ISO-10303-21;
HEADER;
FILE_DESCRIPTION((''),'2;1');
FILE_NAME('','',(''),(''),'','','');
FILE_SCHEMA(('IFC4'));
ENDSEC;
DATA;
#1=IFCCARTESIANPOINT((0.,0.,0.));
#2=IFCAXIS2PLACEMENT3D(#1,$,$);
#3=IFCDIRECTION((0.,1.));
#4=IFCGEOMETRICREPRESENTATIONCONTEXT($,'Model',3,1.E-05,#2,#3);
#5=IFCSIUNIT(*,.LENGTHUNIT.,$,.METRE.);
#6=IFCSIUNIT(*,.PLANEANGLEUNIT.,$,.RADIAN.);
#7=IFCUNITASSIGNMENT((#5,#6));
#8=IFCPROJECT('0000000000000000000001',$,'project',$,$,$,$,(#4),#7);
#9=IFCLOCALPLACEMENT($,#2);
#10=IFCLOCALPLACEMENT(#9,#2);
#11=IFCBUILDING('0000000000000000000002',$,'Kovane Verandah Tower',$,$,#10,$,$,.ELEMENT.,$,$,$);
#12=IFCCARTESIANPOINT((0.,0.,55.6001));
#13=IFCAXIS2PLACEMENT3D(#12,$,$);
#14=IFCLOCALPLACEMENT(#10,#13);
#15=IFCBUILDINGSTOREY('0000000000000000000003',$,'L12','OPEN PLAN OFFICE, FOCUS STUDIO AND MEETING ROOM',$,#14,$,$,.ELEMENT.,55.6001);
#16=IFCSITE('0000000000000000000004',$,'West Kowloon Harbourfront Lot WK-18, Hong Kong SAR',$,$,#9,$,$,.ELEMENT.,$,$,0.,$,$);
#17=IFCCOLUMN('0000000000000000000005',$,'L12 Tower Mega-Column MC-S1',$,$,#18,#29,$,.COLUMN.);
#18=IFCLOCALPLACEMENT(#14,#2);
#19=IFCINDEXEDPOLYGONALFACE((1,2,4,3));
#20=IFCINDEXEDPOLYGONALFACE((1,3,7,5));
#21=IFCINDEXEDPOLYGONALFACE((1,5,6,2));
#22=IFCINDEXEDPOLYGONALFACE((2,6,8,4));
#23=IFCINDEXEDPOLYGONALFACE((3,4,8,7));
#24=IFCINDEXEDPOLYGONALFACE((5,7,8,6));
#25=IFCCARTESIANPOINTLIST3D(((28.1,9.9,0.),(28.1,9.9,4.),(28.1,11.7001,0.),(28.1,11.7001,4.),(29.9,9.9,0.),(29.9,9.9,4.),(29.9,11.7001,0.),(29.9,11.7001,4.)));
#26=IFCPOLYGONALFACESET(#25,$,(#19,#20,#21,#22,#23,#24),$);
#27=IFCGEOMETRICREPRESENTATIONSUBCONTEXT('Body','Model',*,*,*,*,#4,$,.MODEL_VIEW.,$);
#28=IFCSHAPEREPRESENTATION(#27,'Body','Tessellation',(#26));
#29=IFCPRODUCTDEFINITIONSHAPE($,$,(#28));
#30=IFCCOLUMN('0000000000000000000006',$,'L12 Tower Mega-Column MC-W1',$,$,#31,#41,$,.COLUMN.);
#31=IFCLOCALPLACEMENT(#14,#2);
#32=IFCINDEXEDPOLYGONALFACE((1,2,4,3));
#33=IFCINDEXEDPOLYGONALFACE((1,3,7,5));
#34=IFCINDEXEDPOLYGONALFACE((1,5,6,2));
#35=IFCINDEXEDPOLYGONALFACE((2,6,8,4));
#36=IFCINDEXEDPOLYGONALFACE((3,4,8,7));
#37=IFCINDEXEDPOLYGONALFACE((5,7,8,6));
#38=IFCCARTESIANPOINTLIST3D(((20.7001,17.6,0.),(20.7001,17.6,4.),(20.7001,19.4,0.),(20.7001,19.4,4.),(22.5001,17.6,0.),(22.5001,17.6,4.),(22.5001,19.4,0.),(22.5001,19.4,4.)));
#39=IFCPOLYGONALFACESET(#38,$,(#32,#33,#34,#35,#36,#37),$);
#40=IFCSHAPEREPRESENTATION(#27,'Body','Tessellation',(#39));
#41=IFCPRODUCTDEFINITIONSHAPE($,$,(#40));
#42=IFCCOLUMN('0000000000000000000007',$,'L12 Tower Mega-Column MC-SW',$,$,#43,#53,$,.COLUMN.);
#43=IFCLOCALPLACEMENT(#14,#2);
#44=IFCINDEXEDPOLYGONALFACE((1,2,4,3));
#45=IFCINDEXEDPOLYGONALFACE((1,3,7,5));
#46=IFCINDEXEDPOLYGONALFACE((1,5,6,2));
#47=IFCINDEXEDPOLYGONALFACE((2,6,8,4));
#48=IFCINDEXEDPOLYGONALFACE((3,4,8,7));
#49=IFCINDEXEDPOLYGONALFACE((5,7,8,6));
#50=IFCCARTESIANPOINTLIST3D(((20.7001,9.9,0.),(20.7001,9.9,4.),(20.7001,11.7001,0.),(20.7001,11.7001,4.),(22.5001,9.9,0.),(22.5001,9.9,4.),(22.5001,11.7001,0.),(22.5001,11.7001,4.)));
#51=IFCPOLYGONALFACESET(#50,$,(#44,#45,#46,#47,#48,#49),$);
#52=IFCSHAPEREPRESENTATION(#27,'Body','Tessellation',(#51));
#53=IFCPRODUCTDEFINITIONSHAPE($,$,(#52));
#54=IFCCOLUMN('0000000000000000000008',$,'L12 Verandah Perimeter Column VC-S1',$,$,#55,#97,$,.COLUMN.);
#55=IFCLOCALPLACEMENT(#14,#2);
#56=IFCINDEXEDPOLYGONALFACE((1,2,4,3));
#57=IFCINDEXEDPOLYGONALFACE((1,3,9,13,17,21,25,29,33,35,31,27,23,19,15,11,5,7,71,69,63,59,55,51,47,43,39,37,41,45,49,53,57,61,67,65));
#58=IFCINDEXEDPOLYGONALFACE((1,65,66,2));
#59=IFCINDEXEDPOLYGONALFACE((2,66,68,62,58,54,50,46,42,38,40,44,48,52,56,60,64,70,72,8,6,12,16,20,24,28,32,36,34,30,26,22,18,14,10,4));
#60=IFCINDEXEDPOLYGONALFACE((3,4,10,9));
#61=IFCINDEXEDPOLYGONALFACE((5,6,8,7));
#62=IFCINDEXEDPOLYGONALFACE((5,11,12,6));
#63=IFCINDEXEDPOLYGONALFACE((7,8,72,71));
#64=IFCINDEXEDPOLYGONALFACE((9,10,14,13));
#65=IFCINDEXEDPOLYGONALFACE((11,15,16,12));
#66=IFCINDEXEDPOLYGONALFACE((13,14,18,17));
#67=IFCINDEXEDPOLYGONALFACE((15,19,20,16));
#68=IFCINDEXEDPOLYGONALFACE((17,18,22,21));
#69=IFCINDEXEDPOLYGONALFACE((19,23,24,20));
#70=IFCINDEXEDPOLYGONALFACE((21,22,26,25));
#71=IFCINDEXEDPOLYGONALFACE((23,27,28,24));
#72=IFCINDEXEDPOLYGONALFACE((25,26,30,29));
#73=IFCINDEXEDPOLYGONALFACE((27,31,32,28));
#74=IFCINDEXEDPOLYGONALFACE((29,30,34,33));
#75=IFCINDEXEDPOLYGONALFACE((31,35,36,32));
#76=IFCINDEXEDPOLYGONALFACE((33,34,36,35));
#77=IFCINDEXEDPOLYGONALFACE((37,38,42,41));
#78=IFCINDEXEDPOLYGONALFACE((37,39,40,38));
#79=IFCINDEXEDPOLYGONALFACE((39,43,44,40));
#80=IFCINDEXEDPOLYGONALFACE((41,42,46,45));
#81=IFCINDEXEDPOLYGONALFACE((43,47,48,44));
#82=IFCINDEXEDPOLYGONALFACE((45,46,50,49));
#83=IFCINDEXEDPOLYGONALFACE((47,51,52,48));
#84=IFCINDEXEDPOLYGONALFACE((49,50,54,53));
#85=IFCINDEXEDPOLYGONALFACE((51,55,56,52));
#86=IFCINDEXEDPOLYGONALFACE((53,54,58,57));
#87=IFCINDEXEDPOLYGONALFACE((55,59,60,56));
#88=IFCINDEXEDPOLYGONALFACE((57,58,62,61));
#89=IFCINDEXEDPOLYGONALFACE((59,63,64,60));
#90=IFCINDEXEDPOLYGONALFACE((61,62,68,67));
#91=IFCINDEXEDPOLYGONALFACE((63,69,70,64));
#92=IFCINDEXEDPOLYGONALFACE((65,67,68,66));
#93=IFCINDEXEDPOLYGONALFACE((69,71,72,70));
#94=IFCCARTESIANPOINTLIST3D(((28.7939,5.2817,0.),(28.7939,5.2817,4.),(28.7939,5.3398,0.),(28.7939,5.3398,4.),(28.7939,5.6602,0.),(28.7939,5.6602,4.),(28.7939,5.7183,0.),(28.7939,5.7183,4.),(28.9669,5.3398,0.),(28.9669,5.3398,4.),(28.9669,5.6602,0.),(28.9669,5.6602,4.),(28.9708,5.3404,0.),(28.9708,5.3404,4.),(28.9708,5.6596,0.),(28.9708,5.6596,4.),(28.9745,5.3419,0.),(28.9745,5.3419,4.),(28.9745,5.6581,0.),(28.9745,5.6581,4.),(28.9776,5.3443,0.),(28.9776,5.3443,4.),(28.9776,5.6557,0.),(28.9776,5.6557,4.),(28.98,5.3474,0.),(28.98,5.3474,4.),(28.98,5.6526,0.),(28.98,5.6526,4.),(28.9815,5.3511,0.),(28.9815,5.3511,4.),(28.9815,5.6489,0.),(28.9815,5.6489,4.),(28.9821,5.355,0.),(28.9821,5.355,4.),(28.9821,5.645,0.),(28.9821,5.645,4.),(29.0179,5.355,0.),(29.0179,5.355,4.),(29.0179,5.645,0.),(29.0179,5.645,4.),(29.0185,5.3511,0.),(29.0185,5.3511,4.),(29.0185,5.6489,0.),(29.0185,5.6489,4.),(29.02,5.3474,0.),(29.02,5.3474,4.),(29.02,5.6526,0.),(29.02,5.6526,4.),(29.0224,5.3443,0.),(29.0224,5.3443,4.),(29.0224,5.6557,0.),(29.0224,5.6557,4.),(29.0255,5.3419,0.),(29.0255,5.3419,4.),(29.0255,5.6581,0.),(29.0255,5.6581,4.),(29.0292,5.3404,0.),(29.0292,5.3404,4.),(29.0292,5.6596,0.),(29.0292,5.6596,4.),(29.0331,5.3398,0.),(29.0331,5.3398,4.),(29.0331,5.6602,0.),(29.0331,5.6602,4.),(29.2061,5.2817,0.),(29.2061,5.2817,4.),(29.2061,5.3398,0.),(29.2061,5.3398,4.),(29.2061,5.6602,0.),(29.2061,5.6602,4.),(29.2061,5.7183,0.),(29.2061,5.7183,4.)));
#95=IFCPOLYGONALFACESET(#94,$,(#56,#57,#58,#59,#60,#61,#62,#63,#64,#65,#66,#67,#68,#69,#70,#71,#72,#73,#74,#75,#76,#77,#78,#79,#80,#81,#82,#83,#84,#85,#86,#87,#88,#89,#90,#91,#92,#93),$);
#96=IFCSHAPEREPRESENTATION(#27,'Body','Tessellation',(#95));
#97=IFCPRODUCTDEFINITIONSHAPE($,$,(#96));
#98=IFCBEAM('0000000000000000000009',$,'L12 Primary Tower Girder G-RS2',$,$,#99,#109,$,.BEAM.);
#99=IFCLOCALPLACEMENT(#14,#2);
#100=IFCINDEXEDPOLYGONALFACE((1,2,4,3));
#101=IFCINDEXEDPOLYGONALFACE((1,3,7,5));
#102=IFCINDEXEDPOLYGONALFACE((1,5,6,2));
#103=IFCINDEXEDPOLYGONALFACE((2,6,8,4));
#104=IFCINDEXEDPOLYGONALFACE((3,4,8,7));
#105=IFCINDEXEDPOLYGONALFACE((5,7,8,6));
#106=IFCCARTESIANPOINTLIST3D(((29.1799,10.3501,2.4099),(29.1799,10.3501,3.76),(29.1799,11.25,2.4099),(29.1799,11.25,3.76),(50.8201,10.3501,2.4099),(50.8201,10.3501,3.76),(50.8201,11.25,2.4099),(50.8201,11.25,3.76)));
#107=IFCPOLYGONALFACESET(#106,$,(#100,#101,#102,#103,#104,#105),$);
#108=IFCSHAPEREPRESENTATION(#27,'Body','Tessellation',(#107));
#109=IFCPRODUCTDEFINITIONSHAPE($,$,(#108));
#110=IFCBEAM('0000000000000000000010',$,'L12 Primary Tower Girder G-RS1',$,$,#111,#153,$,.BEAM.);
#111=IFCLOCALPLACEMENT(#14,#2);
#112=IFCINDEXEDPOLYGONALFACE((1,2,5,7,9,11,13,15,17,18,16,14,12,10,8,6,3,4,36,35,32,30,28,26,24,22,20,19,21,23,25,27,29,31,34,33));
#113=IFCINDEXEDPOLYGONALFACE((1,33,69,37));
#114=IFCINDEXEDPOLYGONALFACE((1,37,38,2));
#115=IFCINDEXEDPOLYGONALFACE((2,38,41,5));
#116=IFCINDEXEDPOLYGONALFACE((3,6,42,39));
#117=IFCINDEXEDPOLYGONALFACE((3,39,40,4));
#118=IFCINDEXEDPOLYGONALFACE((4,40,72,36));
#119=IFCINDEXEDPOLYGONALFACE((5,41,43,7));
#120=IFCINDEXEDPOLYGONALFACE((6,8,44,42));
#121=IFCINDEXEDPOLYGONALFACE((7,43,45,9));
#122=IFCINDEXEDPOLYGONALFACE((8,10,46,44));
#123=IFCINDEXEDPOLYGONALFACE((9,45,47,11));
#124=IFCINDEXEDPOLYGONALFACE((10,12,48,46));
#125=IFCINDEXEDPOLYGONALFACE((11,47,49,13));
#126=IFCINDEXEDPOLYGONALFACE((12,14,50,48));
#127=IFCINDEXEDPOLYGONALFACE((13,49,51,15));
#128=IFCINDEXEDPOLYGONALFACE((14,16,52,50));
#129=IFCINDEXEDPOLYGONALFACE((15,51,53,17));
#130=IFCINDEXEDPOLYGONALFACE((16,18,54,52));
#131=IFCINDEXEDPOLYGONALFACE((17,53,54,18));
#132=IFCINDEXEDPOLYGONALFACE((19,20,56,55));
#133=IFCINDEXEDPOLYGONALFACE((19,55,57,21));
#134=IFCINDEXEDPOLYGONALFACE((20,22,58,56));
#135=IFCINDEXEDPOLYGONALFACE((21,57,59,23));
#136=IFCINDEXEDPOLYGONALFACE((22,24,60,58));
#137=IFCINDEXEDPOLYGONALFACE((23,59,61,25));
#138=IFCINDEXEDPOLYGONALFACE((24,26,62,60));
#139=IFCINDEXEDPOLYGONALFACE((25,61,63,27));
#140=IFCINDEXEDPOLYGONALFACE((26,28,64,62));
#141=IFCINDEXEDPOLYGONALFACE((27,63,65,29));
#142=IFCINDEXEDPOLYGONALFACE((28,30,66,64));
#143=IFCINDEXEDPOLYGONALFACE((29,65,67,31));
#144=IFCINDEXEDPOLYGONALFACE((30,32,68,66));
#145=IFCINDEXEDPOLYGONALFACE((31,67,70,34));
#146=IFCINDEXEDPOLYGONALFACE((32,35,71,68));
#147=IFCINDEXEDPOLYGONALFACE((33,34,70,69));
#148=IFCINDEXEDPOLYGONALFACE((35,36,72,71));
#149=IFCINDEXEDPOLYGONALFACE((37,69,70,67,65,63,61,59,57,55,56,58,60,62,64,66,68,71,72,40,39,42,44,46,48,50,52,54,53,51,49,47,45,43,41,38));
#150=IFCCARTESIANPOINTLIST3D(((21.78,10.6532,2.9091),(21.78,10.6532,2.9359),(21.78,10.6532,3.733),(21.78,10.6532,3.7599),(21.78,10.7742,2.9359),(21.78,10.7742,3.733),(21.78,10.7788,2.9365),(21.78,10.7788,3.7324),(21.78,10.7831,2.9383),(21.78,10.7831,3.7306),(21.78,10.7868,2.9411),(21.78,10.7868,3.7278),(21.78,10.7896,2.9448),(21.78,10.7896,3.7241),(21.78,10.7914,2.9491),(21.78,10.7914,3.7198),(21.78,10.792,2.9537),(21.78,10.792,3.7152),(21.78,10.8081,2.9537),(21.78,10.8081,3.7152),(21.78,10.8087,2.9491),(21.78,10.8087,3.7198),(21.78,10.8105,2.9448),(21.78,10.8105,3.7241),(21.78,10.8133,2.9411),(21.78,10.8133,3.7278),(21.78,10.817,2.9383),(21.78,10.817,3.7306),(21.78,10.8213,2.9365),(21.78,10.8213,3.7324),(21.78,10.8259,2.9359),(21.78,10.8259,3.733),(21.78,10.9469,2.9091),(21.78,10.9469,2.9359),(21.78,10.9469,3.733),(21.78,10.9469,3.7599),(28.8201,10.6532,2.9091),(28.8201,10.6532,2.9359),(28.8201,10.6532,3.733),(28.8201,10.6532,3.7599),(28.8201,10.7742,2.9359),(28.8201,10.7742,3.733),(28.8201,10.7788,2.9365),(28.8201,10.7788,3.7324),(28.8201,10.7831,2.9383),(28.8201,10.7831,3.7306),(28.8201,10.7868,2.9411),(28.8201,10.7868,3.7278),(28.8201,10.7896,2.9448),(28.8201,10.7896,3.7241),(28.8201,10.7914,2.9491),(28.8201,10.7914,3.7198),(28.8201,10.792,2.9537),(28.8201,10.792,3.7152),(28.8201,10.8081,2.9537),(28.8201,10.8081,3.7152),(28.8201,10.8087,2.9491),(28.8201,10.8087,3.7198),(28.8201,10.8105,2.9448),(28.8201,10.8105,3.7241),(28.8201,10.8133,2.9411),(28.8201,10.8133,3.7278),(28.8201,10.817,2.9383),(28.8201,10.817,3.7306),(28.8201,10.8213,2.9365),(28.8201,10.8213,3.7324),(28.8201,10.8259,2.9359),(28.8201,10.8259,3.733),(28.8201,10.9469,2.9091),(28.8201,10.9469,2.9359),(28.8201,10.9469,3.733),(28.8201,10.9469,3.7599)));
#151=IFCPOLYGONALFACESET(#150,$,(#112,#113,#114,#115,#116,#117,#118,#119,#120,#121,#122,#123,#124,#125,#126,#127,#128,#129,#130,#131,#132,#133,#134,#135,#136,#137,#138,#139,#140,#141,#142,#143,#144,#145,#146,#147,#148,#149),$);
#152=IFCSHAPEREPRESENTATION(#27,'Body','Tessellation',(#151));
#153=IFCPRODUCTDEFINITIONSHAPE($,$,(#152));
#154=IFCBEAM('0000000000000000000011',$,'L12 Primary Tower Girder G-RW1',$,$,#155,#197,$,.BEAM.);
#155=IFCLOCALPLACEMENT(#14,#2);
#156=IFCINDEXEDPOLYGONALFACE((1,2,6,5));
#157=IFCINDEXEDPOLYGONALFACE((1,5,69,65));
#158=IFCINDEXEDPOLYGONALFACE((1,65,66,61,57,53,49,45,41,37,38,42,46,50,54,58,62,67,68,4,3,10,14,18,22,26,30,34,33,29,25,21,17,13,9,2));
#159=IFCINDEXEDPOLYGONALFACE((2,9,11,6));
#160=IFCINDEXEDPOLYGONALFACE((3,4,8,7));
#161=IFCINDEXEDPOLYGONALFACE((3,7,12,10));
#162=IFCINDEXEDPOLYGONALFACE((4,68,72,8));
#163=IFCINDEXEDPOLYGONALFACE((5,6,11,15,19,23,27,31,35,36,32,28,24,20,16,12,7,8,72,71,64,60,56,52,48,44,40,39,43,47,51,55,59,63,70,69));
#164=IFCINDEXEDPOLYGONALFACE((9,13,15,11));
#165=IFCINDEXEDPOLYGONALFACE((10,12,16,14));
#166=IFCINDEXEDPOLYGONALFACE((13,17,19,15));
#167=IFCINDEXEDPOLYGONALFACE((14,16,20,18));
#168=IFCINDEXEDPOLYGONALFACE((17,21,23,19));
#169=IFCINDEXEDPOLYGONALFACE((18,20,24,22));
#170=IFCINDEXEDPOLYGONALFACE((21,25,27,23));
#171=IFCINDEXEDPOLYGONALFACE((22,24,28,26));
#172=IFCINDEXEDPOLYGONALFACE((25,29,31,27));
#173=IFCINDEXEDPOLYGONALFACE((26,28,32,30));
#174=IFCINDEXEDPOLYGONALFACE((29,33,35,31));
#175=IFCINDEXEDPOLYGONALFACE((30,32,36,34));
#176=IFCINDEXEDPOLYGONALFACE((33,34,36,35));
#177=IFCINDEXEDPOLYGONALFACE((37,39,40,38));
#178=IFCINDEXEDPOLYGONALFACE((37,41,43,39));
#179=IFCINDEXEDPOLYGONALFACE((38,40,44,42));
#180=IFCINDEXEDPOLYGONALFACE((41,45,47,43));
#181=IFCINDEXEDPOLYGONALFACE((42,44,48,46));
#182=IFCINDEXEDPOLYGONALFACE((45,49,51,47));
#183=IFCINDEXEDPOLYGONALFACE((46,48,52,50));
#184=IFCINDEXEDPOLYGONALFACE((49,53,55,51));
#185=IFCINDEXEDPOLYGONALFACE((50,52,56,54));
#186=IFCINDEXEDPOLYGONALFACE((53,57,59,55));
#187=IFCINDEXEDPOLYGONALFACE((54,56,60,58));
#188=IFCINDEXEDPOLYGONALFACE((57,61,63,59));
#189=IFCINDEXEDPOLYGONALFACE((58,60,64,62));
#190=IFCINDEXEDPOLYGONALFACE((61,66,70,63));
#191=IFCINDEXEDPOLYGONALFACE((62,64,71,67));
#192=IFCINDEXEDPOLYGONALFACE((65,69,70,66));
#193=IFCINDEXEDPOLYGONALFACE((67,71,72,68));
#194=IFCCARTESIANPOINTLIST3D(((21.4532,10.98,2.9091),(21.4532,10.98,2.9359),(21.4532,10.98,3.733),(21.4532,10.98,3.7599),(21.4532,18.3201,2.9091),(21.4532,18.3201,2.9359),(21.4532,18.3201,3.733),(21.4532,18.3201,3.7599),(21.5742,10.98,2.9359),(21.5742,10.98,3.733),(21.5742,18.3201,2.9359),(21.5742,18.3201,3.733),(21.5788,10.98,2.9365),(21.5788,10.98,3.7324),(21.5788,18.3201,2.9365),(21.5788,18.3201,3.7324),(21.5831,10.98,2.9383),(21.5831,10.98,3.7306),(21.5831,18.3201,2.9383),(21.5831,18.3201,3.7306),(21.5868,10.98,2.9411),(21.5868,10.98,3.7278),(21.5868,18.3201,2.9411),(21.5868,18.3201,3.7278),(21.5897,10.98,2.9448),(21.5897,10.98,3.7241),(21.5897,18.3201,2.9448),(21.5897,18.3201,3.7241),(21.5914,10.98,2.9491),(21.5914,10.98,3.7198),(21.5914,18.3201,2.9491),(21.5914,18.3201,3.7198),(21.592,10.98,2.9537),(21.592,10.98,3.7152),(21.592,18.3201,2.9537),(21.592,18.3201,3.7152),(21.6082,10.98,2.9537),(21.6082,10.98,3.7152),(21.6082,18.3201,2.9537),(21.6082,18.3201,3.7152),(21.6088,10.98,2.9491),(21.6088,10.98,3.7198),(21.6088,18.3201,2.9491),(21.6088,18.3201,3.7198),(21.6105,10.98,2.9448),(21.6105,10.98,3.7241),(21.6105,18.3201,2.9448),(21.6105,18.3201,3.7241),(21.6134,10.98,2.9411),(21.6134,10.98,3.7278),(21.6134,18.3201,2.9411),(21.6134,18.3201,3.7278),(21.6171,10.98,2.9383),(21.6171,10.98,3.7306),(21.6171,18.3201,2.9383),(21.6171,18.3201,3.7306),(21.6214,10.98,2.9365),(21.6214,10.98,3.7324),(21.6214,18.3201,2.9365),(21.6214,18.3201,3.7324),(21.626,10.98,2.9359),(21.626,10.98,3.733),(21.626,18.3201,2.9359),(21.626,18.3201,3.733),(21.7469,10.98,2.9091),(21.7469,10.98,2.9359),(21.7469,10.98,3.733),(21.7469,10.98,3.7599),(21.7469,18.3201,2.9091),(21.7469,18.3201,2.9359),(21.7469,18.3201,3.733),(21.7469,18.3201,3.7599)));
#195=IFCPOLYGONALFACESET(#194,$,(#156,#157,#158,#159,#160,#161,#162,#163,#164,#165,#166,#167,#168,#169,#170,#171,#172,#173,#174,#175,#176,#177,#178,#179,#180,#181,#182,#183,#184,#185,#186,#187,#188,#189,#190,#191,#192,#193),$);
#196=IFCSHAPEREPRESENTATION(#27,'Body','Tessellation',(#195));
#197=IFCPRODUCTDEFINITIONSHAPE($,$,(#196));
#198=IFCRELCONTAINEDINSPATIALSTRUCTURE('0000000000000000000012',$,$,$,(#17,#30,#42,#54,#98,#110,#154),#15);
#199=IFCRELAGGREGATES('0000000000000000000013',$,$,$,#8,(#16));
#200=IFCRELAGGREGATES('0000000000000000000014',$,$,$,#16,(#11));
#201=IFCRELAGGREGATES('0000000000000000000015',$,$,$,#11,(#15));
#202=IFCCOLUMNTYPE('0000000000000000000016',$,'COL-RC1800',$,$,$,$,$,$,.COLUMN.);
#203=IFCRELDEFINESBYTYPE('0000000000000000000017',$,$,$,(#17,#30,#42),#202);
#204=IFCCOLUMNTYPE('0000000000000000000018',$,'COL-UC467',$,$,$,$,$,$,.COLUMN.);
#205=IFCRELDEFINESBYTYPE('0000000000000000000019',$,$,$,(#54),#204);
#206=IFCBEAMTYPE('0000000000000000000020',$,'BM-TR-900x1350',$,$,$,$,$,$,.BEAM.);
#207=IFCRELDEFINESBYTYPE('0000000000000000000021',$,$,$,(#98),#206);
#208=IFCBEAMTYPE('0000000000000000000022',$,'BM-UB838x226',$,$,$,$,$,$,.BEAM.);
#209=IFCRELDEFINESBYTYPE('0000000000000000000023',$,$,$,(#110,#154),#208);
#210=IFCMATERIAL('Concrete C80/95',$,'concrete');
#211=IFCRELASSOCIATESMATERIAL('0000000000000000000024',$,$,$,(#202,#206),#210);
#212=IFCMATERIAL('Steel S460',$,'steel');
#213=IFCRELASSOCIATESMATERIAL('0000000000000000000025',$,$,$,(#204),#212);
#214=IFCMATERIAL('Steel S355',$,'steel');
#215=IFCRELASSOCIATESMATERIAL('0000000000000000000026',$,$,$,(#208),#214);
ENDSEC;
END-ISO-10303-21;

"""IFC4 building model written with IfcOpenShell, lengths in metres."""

from ifc_helpers import new_model, si_unit, direction, frame, origin, origin_2d, place, context, subcontext, project, spatial, rectangle, i_section, extrude, material, material_profile, profile_set, type_object, element, save


model = new_model("IFC4")

# Units and contexts
model_context = context("Model", 3, precision=1e-05, world=origin(), true_north=direction((0.0, 1.0)))
body_context = subcontext(model_context, "Body", "Model", "MODEL_VIEW")
ifc_project = project(units=[si_unit("LENGTHUNIT", "METRE"), si_unit("PLANEANGLEUNIT", "RADIAN")], contexts=[model_context])

# Site, building, storey
site_placement = place(None, origin())
site = spatial("IfcSite", under=ifc_project, at=site_placement, Name="West Kowloon Harbourfront Lot WK-18, Hong Kong SAR", CompositionType="ELEMENT", RefElevation=0.0)
building_placement = place(site_placement, origin())
building = spatial("IfcBuilding", under=site, at=building_placement, Name="Kovane Verandah Tower", CompositionType="ELEMENT")
storey_placement = place(building_placement, frame((0.0, 0.0, 55.6001)))
storey = spatial("IfcBuildingStorey", under=building, at=storey_placement, Name="L12", Description="OPEN PLAN OFFICE, FOCUS STUDIO AND MEETING ROOM", CompositionType="ELEMENT", Elevation=55.6001)

# Columns
ifc_material_1 = material(Name="Concrete C80/95", Category="concrete")
ifc_material_profile_1 = material_profile(ifc_material_1, rectangle(XDim=1.8, YDim=1.8, at=origin_2d()), Name="RC1800x1800")
ifc_profile_set_1 = profile_set([ifc_material_profile_1], Name="Concrete C80/95")
column_type_1 = type_object("IfcColumnType", Name="COL-RC1800", PredefinedType="COLUMN", material=ifc_profile_set_1)
for number, where, z_axis, x_axis, name in (
    (1, (29.0, 10.8, 0.0), (0.0, 0.0, 1.0), (1.0, 0.0, 0.0), "L12 Tower Mega-Column MC-S1"),
    (2, (21.6001, 18.5, 0.0), (0.0, 0.0, 1.0), (1.0, 0.0, 0.0), "L12 Tower Mega-Column MC-W1"),
    (3, (21.6001, 10.8, 0.0), (0.0, 0.0, 1.0), (1.0, 0.0, 0.0), "L12 Tower Mega-Column MC-SW"),
):
    element("IfcColumn", number, at=place(storey_placement, frame(where, z_axis=z_axis, x_axis=x_axis)), inside=storey, type_object=column_type_1, Name=name, PredefinedType="COLUMN", context=body_context, shape_type="SweptSolid", body=[
        extrude(rectangle(XDim=1.8, YDim=1.8, at=origin_2d()), origin(), (0.0, 0.0, 1.0), 4.0),
    ])
ifc_material_2 = material(Name="Steel S460", Category="steel")
ifc_material_profile_2 = material_profile(ifc_material_2, i_section(OverallWidth=0.4121, OverallDepth=0.4365, WebThickness=0.0359, FlangeThickness=0.0581, FilletRadius=0.0151, at=origin_2d()), Name="UC356x406x467")
ifc_profile_set_2 = profile_set([ifc_material_profile_2], Name="Steel S460")
column_type_2 = type_object("IfcColumnType", Name="COL-UC467", PredefinedType="COLUMN", material=ifc_profile_set_2)
column_placement = place(storey_placement, frame((29.0, 5.5, 0.0), z_axis=(0.0, 0.0, 1.0), x_axis=(1.0, 0.0, 0.0)))
element("IfcColumn", 4, at=column_placement, inside=storey, type_object=column_type_2, Name="L12 Verandah Perimeter Column VC-S1", PredefinedType="COLUMN", context=body_context, shape_type="SweptSolid", body=[
    extrude(i_section(OverallWidth=0.4121, OverallDepth=0.4365, WebThickness=0.0359, FlangeThickness=0.0581, FilletRadius=0.0151, at=origin_2d()), origin(), (0.0, 0.0, 1.0), 4.0),
])

# Beams
ifc_material_profile_3 = material_profile(ifc_material_1, rectangle(XDim=0.8999, YDim=1.3501, at=origin_2d()), Name="RCB900x1350")
ifc_profile_set_3 = profile_set([ifc_material_profile_3], Name="Concrete C80/95")
beam_type_1 = type_object("IfcBeamType", Name="BM-TR-900x1350", PredefinedType="BEAM", material=ifc_profile_set_3)
beam_1_placement = place(storey_placement, frame((29.1799, 10.8, 3.085), z_axis=(1.0, 0.0, 0.0), x_axis=(0.0, 1.0, 0.0)))
element("IfcBeam", 5, at=beam_1_placement, inside=storey, type_object=beam_type_1, Name="L12 Primary Tower Girder G-RS2", PredefinedType="BEAM", context=body_context, shape_type="SweptSolid", body=[
    extrude(rectangle(XDim=0.8999, YDim=1.3501, at=origin_2d()), origin(), (0.0, 0.0, 1.0), 21.6401),
])
ifc_material_3 = material(Name="Steel S355", Category="steel")
ifc_material_profile_4 = material_profile(ifc_material_3, i_section(OverallWidth=0.2937, OverallDepth=0.8508, WebThickness=0.0161, FlangeThickness=0.0269, FilletRadius=0.0178, at=origin_2d()), Name="UB838x292x226")
ifc_profile_set_4 = profile_set([ifc_material_profile_4], Name="Steel S355")
beam_type_2 = type_object("IfcBeamType", Name="BM-UB838x226", PredefinedType="BEAM", material=ifc_profile_set_4)
beam_2_placement = place(storey_placement, frame((21.78, 10.8, 3.3345), z_axis=(1.0, 0.0, 0.0), x_axis=(0.0, 1.0, 0.0)))
element("IfcBeam", 6, at=beam_2_placement, inside=storey, type_object=beam_type_2, Name="L12 Primary Tower Girder G-RS1", PredefinedType="BEAM", context=body_context, shape_type="SweptSolid", body=[
    extrude(i_section(OverallWidth=0.2937, OverallDepth=0.8508, WebThickness=0.0161, FlangeThickness=0.0269, FilletRadius=0.0178, at=origin_2d()), origin(), (0.0, 0.0, 1.0), 7.04),
])
for number, where, z_axis, x_axis, name in (
    (7, (21.6001, 10.98, 3.3345), (0.0, 1.0, 0.0), (-1.0, 0.0, 0.0), "L12 Primary Tower Girder G-RW1"),
):
    element("IfcBeam", number, at=place(storey_placement, frame(where, z_axis=z_axis, x_axis=x_axis)), inside=storey, type_object=beam_type_2, Name=name, PredefinedType="BEAM", context=body_context, shape_type="SweptSolid", body=[
        extrude(i_section(OverallWidth=0.2937, OverallDepth=0.8508, WebThickness=0.0161, FlangeThickness=0.0269, FilletRadius=0.0178, at=origin_2d()), origin(), (0.0, 0.0, 1.0), 7.3401),
    ])

save(model, "model.ifc")
